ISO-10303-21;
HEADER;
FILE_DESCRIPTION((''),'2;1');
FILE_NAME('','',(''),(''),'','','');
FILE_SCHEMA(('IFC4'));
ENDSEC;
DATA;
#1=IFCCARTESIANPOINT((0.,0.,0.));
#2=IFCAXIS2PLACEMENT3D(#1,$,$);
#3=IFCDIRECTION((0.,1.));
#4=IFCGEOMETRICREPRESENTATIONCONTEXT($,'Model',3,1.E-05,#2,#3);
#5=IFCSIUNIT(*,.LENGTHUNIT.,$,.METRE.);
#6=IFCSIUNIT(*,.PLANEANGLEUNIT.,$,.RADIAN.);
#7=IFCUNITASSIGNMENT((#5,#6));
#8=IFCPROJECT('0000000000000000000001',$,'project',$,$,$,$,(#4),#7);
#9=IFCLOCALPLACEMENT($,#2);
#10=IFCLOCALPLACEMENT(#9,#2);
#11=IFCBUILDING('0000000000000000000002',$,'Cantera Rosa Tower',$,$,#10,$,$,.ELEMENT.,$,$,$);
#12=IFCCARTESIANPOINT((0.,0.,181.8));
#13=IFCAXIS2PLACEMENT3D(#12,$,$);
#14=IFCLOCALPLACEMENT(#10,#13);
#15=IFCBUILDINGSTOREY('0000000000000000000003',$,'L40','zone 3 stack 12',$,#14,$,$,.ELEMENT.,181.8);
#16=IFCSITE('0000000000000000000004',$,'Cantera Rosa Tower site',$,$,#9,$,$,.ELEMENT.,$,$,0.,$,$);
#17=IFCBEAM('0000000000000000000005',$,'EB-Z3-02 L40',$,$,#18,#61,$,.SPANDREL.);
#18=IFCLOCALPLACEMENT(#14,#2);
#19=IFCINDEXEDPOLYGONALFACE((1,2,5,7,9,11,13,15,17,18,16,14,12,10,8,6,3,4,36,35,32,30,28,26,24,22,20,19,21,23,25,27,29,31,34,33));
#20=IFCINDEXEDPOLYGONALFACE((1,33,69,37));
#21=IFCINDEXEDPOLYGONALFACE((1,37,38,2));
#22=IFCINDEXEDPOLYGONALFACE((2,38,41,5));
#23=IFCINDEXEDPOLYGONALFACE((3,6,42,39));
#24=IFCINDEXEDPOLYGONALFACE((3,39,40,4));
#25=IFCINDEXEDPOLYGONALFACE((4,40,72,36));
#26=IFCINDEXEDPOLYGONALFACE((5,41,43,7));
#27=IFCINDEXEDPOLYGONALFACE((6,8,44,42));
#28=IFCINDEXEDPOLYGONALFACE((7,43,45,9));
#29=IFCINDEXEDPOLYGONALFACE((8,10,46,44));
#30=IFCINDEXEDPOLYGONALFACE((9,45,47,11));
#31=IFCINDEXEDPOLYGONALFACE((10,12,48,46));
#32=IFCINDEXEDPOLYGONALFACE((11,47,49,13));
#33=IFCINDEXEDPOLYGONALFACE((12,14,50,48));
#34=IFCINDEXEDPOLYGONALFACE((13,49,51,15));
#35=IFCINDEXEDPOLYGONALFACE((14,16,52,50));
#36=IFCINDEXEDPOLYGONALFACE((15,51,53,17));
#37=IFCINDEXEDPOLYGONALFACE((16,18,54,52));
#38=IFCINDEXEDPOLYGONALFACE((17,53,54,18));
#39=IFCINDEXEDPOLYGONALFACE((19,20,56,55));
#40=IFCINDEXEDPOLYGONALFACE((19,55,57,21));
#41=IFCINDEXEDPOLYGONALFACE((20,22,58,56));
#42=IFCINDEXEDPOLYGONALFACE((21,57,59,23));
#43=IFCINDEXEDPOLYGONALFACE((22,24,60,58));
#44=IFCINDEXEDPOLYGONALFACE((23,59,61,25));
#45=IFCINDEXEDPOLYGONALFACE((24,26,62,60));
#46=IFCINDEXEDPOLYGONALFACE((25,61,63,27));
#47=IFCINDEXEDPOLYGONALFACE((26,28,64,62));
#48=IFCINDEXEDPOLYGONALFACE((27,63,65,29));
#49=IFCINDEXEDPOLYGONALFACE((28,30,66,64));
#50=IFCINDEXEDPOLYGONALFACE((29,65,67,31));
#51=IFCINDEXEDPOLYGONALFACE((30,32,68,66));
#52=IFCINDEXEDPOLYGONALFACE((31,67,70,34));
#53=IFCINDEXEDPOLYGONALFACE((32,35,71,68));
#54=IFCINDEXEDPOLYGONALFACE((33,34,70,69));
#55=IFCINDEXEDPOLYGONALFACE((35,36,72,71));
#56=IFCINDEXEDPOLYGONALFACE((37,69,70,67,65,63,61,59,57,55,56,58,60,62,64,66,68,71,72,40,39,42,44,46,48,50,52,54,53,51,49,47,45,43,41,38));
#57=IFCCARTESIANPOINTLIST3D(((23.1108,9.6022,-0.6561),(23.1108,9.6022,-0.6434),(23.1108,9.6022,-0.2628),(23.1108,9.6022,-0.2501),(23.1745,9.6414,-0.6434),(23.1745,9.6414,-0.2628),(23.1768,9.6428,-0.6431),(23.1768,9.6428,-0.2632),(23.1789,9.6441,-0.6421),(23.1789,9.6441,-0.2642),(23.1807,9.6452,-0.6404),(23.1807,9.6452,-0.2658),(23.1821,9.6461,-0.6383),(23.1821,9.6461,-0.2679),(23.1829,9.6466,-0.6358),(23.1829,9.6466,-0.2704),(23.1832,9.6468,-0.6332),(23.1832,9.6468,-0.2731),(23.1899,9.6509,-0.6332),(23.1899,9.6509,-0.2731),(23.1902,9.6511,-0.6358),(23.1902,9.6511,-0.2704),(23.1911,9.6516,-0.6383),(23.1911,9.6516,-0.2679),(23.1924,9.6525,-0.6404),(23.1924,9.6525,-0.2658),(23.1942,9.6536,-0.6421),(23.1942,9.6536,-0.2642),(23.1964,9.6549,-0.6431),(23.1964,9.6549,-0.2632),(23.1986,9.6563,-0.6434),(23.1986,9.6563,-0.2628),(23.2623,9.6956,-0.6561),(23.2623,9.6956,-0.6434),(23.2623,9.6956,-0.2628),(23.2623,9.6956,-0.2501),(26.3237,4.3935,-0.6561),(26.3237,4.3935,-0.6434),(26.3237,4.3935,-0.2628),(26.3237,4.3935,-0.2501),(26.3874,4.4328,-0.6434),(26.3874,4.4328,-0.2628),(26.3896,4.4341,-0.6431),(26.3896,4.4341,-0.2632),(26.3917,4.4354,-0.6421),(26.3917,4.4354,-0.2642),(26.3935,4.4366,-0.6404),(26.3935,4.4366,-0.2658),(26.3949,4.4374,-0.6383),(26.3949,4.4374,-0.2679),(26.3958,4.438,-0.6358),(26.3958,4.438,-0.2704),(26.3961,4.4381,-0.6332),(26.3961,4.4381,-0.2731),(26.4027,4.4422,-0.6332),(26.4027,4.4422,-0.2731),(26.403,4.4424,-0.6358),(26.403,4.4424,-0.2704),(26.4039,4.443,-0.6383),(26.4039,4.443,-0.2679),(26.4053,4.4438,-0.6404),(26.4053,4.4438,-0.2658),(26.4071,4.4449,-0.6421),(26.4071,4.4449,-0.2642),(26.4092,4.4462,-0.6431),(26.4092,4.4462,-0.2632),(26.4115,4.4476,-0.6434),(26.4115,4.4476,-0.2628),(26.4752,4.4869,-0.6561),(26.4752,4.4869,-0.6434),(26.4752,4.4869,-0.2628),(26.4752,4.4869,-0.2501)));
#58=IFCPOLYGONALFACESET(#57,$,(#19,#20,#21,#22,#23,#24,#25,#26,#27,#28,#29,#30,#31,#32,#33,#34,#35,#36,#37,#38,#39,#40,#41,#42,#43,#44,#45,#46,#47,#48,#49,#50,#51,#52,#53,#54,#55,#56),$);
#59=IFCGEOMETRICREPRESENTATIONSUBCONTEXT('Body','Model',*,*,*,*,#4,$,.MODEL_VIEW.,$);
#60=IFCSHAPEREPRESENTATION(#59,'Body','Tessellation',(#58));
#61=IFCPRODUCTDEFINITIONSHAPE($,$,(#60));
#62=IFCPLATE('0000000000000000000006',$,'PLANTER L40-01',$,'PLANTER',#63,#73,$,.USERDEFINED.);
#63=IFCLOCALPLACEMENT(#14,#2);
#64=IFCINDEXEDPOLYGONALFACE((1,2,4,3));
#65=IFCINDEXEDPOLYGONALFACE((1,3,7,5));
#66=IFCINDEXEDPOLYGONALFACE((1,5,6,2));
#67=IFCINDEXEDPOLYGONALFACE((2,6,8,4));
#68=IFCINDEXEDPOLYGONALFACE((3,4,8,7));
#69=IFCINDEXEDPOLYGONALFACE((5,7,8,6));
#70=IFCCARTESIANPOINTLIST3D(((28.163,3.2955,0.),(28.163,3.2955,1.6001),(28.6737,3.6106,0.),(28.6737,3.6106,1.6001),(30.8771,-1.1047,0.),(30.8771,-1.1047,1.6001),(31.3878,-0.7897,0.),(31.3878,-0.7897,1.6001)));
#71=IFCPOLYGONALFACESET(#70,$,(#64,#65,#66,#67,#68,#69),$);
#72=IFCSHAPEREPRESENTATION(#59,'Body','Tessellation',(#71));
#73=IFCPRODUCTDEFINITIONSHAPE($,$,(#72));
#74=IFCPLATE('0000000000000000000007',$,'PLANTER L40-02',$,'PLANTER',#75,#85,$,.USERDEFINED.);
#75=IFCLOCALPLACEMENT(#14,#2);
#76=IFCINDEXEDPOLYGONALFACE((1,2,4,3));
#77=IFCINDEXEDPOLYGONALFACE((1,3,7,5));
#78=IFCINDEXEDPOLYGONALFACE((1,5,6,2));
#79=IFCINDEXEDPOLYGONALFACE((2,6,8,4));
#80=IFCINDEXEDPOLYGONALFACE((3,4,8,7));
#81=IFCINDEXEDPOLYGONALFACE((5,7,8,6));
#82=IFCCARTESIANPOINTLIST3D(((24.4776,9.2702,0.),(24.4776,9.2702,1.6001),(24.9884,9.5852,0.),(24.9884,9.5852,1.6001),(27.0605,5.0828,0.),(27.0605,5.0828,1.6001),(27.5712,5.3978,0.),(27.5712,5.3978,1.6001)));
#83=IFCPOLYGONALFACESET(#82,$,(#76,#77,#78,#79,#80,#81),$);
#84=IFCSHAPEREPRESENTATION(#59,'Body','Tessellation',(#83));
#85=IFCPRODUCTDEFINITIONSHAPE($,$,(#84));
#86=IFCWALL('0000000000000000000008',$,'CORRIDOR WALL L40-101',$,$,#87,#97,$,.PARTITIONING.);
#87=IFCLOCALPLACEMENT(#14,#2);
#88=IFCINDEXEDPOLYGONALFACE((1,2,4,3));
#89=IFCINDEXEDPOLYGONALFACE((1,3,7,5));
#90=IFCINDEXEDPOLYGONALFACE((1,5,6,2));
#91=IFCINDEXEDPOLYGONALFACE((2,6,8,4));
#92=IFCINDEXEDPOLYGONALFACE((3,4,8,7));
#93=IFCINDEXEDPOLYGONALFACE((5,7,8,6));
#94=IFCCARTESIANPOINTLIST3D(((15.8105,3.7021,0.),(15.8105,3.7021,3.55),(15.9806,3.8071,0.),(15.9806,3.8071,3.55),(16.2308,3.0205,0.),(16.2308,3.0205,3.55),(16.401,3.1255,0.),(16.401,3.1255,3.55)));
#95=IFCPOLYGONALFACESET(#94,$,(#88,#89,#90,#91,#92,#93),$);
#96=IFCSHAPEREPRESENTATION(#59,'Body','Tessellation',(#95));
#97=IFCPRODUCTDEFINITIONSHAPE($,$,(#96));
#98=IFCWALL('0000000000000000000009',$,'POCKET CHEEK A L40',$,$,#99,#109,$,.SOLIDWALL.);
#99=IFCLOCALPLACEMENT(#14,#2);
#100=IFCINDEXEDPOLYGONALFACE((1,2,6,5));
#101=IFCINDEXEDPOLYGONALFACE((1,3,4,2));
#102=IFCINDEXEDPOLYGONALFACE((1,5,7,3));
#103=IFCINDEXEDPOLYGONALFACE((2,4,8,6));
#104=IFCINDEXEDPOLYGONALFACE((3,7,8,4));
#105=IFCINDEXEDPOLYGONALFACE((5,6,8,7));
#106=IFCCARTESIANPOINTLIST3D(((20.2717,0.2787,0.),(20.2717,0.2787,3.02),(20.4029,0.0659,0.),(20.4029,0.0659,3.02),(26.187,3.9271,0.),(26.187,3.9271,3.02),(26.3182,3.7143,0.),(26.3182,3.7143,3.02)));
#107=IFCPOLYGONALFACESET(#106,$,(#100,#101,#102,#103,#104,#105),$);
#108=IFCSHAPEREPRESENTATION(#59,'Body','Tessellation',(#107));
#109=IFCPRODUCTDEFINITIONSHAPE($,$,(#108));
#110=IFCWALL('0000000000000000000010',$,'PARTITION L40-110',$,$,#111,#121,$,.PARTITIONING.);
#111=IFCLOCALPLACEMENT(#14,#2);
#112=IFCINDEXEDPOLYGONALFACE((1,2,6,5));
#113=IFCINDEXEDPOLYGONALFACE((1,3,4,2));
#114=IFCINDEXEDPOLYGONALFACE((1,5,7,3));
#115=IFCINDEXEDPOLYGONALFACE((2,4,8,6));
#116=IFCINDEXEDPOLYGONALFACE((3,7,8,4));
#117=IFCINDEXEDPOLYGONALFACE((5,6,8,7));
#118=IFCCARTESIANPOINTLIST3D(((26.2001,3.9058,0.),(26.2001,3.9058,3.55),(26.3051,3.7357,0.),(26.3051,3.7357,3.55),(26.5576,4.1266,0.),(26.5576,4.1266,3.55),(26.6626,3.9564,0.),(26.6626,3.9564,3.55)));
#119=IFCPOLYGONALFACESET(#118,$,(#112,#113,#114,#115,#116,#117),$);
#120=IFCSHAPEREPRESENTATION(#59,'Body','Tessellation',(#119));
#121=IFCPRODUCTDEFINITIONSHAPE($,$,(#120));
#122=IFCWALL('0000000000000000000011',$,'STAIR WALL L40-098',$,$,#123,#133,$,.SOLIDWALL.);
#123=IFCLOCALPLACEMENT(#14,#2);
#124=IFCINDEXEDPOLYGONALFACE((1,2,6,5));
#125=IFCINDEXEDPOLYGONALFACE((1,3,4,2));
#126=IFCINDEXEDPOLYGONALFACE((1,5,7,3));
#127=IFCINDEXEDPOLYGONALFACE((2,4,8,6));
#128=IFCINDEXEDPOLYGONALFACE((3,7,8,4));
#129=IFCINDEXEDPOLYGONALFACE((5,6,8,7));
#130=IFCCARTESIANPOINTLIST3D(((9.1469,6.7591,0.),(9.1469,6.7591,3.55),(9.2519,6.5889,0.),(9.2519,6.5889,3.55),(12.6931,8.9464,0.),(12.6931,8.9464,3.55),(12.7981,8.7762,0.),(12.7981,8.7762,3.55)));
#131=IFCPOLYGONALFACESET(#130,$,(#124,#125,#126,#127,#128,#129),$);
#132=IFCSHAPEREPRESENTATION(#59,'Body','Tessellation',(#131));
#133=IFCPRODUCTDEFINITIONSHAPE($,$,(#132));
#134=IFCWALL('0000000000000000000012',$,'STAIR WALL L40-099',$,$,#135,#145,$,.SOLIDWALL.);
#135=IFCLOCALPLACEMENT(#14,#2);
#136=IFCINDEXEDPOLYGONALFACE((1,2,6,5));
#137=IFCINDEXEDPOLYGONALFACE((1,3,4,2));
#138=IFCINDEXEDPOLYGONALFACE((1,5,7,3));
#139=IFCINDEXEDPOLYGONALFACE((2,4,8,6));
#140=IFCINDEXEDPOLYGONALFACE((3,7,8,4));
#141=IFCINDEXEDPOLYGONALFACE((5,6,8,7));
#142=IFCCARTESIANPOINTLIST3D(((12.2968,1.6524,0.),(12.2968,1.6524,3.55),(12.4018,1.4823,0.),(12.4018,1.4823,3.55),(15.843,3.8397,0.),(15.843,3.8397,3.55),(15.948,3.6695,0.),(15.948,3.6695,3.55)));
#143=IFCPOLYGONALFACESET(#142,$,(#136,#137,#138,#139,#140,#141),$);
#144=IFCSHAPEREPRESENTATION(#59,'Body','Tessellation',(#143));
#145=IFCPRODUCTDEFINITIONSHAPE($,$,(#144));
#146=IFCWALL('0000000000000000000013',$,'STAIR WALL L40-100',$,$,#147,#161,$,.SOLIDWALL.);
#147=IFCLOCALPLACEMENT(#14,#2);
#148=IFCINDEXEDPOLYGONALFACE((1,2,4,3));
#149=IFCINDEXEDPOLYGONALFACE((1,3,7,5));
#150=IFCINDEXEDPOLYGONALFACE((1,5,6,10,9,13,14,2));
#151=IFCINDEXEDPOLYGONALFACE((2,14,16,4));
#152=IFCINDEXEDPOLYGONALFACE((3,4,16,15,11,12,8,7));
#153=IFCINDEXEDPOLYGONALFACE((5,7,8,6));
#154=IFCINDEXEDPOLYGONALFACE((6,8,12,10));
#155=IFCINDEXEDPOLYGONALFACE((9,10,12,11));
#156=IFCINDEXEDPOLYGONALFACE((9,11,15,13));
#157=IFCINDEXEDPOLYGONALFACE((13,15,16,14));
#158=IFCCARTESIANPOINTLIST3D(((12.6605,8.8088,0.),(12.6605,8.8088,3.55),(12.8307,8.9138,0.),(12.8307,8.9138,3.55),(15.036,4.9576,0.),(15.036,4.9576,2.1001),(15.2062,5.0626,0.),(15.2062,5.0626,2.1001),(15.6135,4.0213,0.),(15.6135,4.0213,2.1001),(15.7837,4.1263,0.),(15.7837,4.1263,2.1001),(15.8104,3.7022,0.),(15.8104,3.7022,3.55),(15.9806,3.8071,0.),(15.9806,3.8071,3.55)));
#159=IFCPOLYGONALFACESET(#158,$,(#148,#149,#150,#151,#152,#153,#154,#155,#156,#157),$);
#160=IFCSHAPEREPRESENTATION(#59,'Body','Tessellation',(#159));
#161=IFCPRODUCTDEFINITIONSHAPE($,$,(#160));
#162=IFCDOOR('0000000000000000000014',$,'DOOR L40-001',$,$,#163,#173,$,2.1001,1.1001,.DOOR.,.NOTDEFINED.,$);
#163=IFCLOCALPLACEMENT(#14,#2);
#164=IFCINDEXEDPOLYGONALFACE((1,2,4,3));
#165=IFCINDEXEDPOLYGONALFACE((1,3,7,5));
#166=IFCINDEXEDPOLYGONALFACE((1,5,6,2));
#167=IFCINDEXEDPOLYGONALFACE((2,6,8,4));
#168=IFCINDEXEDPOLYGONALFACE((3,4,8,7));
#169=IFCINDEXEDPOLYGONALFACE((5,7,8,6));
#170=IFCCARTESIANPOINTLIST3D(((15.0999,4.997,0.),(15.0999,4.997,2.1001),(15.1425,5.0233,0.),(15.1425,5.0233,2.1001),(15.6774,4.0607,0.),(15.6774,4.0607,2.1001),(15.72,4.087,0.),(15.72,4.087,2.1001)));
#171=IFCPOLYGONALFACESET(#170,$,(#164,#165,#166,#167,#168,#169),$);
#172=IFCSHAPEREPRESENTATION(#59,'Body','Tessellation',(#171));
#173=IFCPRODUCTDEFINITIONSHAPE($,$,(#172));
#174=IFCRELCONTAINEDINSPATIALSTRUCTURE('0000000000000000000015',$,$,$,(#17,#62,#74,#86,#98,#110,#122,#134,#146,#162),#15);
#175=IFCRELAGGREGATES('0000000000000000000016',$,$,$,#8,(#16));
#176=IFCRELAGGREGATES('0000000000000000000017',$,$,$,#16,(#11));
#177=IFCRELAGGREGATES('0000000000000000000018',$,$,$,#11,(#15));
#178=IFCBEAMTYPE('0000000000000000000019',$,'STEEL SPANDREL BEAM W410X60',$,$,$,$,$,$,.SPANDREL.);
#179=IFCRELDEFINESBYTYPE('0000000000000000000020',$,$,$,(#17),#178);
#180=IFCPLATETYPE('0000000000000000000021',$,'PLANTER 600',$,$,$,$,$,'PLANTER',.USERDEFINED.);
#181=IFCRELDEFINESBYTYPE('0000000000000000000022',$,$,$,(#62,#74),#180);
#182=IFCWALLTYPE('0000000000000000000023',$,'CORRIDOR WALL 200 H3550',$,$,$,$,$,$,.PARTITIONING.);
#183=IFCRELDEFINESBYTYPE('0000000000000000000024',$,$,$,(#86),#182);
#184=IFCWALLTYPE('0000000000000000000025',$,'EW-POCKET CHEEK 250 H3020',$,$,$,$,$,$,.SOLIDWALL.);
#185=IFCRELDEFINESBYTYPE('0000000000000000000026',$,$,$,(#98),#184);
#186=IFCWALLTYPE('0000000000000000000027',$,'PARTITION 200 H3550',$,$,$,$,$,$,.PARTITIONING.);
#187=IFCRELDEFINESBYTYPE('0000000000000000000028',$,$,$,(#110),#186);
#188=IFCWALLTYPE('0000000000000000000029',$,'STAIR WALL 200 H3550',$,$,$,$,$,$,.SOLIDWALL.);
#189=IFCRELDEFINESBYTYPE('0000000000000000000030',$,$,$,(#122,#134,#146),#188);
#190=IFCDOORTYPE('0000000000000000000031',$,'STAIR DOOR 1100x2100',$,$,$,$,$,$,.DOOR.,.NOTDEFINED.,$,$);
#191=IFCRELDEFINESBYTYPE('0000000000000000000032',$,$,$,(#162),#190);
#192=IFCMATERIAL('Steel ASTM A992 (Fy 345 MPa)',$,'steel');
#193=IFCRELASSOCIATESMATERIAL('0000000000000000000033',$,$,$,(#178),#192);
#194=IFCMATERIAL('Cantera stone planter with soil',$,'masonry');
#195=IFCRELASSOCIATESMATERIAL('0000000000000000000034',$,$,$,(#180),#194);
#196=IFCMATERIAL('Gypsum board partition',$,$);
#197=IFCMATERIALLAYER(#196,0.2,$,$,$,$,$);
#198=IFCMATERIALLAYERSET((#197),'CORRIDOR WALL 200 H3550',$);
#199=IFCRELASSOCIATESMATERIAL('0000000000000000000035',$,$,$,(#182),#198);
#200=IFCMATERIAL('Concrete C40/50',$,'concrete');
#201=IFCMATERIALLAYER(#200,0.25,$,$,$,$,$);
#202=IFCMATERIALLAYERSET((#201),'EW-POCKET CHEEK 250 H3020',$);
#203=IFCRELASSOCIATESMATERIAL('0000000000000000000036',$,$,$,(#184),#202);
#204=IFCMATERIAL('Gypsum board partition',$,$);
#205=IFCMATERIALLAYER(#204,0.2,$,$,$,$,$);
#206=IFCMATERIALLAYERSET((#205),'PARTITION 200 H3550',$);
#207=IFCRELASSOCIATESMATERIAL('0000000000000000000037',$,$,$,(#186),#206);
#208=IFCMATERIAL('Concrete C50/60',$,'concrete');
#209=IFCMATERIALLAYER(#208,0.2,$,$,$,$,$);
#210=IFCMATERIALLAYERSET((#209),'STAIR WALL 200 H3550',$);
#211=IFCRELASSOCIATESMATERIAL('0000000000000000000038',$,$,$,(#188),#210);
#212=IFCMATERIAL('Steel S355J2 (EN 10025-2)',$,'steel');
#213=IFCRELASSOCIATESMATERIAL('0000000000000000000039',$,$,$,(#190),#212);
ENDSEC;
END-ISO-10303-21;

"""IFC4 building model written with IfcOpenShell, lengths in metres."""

from ifc_helpers import new_model, si_unit, direction, frame, frame_2d, origin, origin_2d, place, context, subcontext, project, spatial, rectangle, i_section, extrude, material, layer, layer_set, material_profile, profile_set, type_object, element, fill, save


model = new_model("IFC4")

# Units and contexts
model_context = context("Model", 3, precision=1e-05, world=origin(), true_north=direction((0.0, 1.0)))
body_context = subcontext(model_context, "Body", "Model", "MODEL_VIEW")
ifc_project = project(units=[si_unit("LENGTHUNIT", "METRE"), si_unit("PLANEANGLEUNIT", "RADIAN")], contexts=[model_context])

# Site, building, storey
site_placement = place(None, origin())
site = spatial("IfcSite", under=ifc_project, at=site_placement, Name="Cantera Rosa Tower site", CompositionType="ELEMENT", RefElevation=0.0)
building_placement = place(site_placement, origin())
building = spatial("IfcBuilding", under=site, at=building_placement, Name="Cantera Rosa Tower", CompositionType="ELEMENT")
storey_placement = place(building_placement, frame((0.0, 0.0, 181.8)))
storey = spatial("IfcBuildingStorey", under=building, at=storey_placement, Name="L40", Description="zone 3 stack 12", CompositionType="ELEMENT", Elevation=181.8)

# Beam
ifc_material_1 = material(Name="Steel ASTM A992 (Fy 345 MPa)", Category="steel")
ifc_material_profile_1 = material_profile(ifc_material_1, i_section(OverallWidth=0.178, OverallDepth=0.406, WebThickness=0.0078, FlangeThickness=0.0127, FilletRadius=0.0103, at=origin_2d()), Name="W410X60")
ifc_profile_set_1 = profile_set([ifc_material_profile_1], Name="Steel ASTM A992 (Fy 345 MPa)")
beam_type_1 = type_object("IfcBeamType", Name="STEEL SPANDREL BEAM W410X60", PredefinedType="SPANDREL", material=ifc_profile_set_1)
beam_1_placement = place(storey_placement, frame((26.3994, 4.4402, -0.4531), z_axis=(-0.524987, 0.85111, 0.0), x_axis=(-0.85111, -0.524987, 0.0)))
element("IfcBeam", 1, at=beam_1_placement, inside=storey, type_object=beam_type_1, Name="EB-Z3-02 L40", PredefinedType="SPANDREL", context=body_context, shape_type="SweptSolid", body=[
    extrude(i_section(OverallWidth=0.178, OverallDepth=0.406, WebThickness=0.0078, FlangeThickness=0.0127, FilletRadius=0.0103, at=origin_2d()), origin(), (0.0, 0.0, 1.0), 6.1199),
])

# Plates
ifc_material_2 = material(Name="Cantera stone planter with soil", Category="masonry")
plate_type = type_object("IfcPlateType", Name="PLANTER 600", ElementType="PLANTER", PredefinedType="USERDEFINED", material=ifc_material_2)
plate_1_placement = place(storey_placement, frame((29.7754, 1.2529, 0.0), z_axis=(0.0, 0.0, 1.0), x_axis=(-0.524977, 0.851117, 0.0)))
element("IfcPlate", 2, at=plate_1_placement, inside=storey, type_object=plate_type, Name="PLANTER L40-01", ObjectType="PLANTER", PredefinedType="USERDEFINED", context=body_context, shape_type="SweptSolid", body=[
    extrude(rectangle(XDim=5.1699, YDim=0.6001, at=origin_2d()), origin(), (0.0, 0.0, 1.0), 1.6001),
])
plate_2_placement = place(storey_placement, frame((26.0244, 7.334, 0.0), z_axis=(0.0, 0.0, 1.0), x_axis=(-0.524977, 0.851117, 0.0)))
element("IfcPlate", 3, at=plate_2_placement, inside=storey, type_object=plate_type, Name="PLANTER L40-02", ObjectType="PLANTER", PredefinedType="USERDEFINED", context=body_context, shape_type="SweptSolid", body=[
    extrude(rectangle(XDim=4.9199, YDim=0.6001, at=origin_2d()), origin(), (0.0, 0.0, 1.0), 1.6001),
])

# Walls
ifc_material_3 = material(Name="Gypsum board partition")
ifc_layer_1 = layer(ifc_material_3, 0.2)
ifc_layer_set_1 = layer_set([ifc_layer_1], Name="CORRIDOR WALL 200 H3550")
wall_type_1 = type_object("IfcWallType", Name="CORRIDOR WALL 200 H3550", PredefinedType="PARTITIONING", material=ifc_layer_set_1)
wall_1_placement = place(storey_placement, frame((16.3159, 3.073, 0.0), z_axis=(0.0, 0.0, 1.0), x_axis=(-0.524948, 0.851135, 0.0)))
element("IfcWall", 4, at=wall_1_placement, inside=storey, type_object=wall_type_1, Name="CORRIDOR WALL L40-101", PredefinedType="PARTITIONING", context=body_context, shape_type="SweptSolid", body=[
    extrude(rectangle(XDim=0.8008, YDim=0.2, at=frame_2d((0.4004, 0.0))), origin(), (0.0, 0.0, 1.0), 3.55),
])
ifc_material_4 = material(Name="Concrete C40/50", Category="concrete")
ifc_layer_2 = layer(ifc_material_4, 0.25)
ifc_layer_set_2 = layer_set([ifc_layer_2], Name="EW-POCKET CHEEK 250 H3020")
wall_type_2 = type_object("IfcWallType", Name="EW-POCKET CHEEK 250 H3020", PredefinedType="SOLIDWALL", material=ifc_layer_set_2)
wall_2_placement = place(storey_placement, frame((26.2527, 3.8208, 0.0), z_axis=(0.0, 0.0, 1.0), x_axis=(-0.851127, -0.52496, 0.0)))
element("IfcWall", 5, at=wall_2_placement, inside=storey, type_object=wall_type_2, Name="POCKET CHEEK A L40", PredefinedType="SOLIDWALL", context=body_context, shape_type="SweptSolid", body=[
    extrude(rectangle(XDim=6.95, YDim=0.25, at=frame_2d((3.4751, 0.0))), origin(), (0.0, 0.0, 1.0), 3.02),
])
ifc_material_5 = material(Name="Gypsum board partition")
ifc_layer_3 = layer(ifc_material_5, 0.2)
ifc_layer_set_3 = layer_set([ifc_layer_3], Name="PARTITION 200 H3550")
wall_type_3 = type_object("IfcWallType", Name="PARTITION 200 H3550", PredefinedType="PARTITIONING", material=ifc_layer_set_3)
wall_3_placement = place(storey_placement, frame((26.2527, 3.8208, 0.0), z_axis=(0.0, 0.0, 1.0), x_axis=(0.850859, 0.525394, 0.0)))
element("IfcWall", 6, at=wall_3_placement, inside=storey, type_object=wall_type_3, Name="PARTITION L40-110", PredefinedType="PARTITIONING", context=body_context, shape_type="SweptSolid", body=[
    extrude(rectangle(XDim=0.4202, YDim=0.2, at=frame_2d((0.21, 0.0))), origin(), (0.0, 0.0, 1.0), 3.55),
])
ifc_material_6 = material(Name="Concrete C50/60", Category="concrete")
ifc_layer_4 = layer(ifc_material_6, 0.2)
ifc_layer_set_4 = layer_set([ifc_layer_4], Name="STAIR WALL 200 H3550")
wall_type_4 = type_object("IfcWallType", Name="STAIR WALL 200 H3550", PredefinedType="SOLIDWALL", material=ifc_layer_set_4)
for number, where, z_axis, x_axis, name in (
    (7, (12.7456, 8.8613, 0.0), (0.0, 0.0, 1.0), (-0.851121, -0.52497, 0.0), "STAIR WALL L40-098"),
    (8, (15.8955, 3.7546, 0.0), (0.0, 0.0, 1.0), (-0.851121, -0.52497, 0.0), "STAIR WALL L40-099"),
):
    element("IfcWall", number, at=place(storey_placement, frame(where, z_axis=z_axis, x_axis=x_axis)), inside=storey, type_object=wall_type_4, Name=name, PredefinedType="SOLIDWALL", context=body_context, shape_type="SweptSolid", body=[
        extrude(rectangle(XDim=4.1665, YDim=0.2, at=frame_2d((2.0833, 0.0))), origin(), (0.0, 0.0, 1.0), 3.55),
    ])

# Wall, opening, door
wall_4_placement = place(storey_placement, frame((15.8955, 3.7546, 0.0), z_axis=(0.0, 0.0, 1.0), x_axis=(-0.524983, 0.851113, 0.0)))
wall_4 = element("IfcWall", 9, at=wall_4_placement, inside=storey, type_object=wall_type_4, Name="STAIR WALL L40-100", PredefinedType="SOLIDWALL", context=body_context, shape_type="SweptSolid", body=[
    extrude(rectangle(XDim=6.0, YDim=0.2, at=frame_2d((3.0, 0.0))), origin(), (0.0, 0.0, 1.0), 3.55),
])
opening_placement = place(wall_4_placement, frame((0.375, 0.0, 0.0)))
opening = element("IfcOpeningElement", 10, at=opening_placement, cuts=wall_4, PredefinedType="OPENING", context=body_context, shape_type="SweptSolid", body=[
    extrude(rectangle(XDim=1.1001, YDim=2.1001, at=frame_2d((0.55, 1.05))), frame((0.0, 0.1099, 0.0), z_axis=(0.0, -1.0, 0.0), x_axis=(1.0, 0.0, 0.0)), (0.0, 0.0, 1.0), 0.22),
])
ifc_material_7 = material(Name="Steel S355J2 (EN 10025-2)", Category="steel")
door_type = type_object("IfcDoorType", Name="STAIR DOOR 1100x2100", OperationType="NOTDEFINED", PredefinedType="DOOR", material=ifc_material_7)
door_placement = place(opening_placement, origin())
door = element("IfcDoor", 11, at=door_placement, inside=storey, type_object=door_type, Name="DOOR L40-001", OperationType="NOTDEFINED", OverallHeight=2.1001, OverallWidth=1.1001, PredefinedType="DOOR", context=body_context, shape_type="SweptSolid", body=[
    extrude(rectangle(XDim=1.1001, YDim=2.1001, at=frame_2d((0.55, 1.05))), frame((0.0, 0.0249, 0.0), z_axis=(0.0, -1.0, 0.0), x_axis=(1.0, 0.0, 0.0)), (0.0, 0.0, 1.0), 0.05),
])
fill(opening, door)

save(model, "model.ifc")
